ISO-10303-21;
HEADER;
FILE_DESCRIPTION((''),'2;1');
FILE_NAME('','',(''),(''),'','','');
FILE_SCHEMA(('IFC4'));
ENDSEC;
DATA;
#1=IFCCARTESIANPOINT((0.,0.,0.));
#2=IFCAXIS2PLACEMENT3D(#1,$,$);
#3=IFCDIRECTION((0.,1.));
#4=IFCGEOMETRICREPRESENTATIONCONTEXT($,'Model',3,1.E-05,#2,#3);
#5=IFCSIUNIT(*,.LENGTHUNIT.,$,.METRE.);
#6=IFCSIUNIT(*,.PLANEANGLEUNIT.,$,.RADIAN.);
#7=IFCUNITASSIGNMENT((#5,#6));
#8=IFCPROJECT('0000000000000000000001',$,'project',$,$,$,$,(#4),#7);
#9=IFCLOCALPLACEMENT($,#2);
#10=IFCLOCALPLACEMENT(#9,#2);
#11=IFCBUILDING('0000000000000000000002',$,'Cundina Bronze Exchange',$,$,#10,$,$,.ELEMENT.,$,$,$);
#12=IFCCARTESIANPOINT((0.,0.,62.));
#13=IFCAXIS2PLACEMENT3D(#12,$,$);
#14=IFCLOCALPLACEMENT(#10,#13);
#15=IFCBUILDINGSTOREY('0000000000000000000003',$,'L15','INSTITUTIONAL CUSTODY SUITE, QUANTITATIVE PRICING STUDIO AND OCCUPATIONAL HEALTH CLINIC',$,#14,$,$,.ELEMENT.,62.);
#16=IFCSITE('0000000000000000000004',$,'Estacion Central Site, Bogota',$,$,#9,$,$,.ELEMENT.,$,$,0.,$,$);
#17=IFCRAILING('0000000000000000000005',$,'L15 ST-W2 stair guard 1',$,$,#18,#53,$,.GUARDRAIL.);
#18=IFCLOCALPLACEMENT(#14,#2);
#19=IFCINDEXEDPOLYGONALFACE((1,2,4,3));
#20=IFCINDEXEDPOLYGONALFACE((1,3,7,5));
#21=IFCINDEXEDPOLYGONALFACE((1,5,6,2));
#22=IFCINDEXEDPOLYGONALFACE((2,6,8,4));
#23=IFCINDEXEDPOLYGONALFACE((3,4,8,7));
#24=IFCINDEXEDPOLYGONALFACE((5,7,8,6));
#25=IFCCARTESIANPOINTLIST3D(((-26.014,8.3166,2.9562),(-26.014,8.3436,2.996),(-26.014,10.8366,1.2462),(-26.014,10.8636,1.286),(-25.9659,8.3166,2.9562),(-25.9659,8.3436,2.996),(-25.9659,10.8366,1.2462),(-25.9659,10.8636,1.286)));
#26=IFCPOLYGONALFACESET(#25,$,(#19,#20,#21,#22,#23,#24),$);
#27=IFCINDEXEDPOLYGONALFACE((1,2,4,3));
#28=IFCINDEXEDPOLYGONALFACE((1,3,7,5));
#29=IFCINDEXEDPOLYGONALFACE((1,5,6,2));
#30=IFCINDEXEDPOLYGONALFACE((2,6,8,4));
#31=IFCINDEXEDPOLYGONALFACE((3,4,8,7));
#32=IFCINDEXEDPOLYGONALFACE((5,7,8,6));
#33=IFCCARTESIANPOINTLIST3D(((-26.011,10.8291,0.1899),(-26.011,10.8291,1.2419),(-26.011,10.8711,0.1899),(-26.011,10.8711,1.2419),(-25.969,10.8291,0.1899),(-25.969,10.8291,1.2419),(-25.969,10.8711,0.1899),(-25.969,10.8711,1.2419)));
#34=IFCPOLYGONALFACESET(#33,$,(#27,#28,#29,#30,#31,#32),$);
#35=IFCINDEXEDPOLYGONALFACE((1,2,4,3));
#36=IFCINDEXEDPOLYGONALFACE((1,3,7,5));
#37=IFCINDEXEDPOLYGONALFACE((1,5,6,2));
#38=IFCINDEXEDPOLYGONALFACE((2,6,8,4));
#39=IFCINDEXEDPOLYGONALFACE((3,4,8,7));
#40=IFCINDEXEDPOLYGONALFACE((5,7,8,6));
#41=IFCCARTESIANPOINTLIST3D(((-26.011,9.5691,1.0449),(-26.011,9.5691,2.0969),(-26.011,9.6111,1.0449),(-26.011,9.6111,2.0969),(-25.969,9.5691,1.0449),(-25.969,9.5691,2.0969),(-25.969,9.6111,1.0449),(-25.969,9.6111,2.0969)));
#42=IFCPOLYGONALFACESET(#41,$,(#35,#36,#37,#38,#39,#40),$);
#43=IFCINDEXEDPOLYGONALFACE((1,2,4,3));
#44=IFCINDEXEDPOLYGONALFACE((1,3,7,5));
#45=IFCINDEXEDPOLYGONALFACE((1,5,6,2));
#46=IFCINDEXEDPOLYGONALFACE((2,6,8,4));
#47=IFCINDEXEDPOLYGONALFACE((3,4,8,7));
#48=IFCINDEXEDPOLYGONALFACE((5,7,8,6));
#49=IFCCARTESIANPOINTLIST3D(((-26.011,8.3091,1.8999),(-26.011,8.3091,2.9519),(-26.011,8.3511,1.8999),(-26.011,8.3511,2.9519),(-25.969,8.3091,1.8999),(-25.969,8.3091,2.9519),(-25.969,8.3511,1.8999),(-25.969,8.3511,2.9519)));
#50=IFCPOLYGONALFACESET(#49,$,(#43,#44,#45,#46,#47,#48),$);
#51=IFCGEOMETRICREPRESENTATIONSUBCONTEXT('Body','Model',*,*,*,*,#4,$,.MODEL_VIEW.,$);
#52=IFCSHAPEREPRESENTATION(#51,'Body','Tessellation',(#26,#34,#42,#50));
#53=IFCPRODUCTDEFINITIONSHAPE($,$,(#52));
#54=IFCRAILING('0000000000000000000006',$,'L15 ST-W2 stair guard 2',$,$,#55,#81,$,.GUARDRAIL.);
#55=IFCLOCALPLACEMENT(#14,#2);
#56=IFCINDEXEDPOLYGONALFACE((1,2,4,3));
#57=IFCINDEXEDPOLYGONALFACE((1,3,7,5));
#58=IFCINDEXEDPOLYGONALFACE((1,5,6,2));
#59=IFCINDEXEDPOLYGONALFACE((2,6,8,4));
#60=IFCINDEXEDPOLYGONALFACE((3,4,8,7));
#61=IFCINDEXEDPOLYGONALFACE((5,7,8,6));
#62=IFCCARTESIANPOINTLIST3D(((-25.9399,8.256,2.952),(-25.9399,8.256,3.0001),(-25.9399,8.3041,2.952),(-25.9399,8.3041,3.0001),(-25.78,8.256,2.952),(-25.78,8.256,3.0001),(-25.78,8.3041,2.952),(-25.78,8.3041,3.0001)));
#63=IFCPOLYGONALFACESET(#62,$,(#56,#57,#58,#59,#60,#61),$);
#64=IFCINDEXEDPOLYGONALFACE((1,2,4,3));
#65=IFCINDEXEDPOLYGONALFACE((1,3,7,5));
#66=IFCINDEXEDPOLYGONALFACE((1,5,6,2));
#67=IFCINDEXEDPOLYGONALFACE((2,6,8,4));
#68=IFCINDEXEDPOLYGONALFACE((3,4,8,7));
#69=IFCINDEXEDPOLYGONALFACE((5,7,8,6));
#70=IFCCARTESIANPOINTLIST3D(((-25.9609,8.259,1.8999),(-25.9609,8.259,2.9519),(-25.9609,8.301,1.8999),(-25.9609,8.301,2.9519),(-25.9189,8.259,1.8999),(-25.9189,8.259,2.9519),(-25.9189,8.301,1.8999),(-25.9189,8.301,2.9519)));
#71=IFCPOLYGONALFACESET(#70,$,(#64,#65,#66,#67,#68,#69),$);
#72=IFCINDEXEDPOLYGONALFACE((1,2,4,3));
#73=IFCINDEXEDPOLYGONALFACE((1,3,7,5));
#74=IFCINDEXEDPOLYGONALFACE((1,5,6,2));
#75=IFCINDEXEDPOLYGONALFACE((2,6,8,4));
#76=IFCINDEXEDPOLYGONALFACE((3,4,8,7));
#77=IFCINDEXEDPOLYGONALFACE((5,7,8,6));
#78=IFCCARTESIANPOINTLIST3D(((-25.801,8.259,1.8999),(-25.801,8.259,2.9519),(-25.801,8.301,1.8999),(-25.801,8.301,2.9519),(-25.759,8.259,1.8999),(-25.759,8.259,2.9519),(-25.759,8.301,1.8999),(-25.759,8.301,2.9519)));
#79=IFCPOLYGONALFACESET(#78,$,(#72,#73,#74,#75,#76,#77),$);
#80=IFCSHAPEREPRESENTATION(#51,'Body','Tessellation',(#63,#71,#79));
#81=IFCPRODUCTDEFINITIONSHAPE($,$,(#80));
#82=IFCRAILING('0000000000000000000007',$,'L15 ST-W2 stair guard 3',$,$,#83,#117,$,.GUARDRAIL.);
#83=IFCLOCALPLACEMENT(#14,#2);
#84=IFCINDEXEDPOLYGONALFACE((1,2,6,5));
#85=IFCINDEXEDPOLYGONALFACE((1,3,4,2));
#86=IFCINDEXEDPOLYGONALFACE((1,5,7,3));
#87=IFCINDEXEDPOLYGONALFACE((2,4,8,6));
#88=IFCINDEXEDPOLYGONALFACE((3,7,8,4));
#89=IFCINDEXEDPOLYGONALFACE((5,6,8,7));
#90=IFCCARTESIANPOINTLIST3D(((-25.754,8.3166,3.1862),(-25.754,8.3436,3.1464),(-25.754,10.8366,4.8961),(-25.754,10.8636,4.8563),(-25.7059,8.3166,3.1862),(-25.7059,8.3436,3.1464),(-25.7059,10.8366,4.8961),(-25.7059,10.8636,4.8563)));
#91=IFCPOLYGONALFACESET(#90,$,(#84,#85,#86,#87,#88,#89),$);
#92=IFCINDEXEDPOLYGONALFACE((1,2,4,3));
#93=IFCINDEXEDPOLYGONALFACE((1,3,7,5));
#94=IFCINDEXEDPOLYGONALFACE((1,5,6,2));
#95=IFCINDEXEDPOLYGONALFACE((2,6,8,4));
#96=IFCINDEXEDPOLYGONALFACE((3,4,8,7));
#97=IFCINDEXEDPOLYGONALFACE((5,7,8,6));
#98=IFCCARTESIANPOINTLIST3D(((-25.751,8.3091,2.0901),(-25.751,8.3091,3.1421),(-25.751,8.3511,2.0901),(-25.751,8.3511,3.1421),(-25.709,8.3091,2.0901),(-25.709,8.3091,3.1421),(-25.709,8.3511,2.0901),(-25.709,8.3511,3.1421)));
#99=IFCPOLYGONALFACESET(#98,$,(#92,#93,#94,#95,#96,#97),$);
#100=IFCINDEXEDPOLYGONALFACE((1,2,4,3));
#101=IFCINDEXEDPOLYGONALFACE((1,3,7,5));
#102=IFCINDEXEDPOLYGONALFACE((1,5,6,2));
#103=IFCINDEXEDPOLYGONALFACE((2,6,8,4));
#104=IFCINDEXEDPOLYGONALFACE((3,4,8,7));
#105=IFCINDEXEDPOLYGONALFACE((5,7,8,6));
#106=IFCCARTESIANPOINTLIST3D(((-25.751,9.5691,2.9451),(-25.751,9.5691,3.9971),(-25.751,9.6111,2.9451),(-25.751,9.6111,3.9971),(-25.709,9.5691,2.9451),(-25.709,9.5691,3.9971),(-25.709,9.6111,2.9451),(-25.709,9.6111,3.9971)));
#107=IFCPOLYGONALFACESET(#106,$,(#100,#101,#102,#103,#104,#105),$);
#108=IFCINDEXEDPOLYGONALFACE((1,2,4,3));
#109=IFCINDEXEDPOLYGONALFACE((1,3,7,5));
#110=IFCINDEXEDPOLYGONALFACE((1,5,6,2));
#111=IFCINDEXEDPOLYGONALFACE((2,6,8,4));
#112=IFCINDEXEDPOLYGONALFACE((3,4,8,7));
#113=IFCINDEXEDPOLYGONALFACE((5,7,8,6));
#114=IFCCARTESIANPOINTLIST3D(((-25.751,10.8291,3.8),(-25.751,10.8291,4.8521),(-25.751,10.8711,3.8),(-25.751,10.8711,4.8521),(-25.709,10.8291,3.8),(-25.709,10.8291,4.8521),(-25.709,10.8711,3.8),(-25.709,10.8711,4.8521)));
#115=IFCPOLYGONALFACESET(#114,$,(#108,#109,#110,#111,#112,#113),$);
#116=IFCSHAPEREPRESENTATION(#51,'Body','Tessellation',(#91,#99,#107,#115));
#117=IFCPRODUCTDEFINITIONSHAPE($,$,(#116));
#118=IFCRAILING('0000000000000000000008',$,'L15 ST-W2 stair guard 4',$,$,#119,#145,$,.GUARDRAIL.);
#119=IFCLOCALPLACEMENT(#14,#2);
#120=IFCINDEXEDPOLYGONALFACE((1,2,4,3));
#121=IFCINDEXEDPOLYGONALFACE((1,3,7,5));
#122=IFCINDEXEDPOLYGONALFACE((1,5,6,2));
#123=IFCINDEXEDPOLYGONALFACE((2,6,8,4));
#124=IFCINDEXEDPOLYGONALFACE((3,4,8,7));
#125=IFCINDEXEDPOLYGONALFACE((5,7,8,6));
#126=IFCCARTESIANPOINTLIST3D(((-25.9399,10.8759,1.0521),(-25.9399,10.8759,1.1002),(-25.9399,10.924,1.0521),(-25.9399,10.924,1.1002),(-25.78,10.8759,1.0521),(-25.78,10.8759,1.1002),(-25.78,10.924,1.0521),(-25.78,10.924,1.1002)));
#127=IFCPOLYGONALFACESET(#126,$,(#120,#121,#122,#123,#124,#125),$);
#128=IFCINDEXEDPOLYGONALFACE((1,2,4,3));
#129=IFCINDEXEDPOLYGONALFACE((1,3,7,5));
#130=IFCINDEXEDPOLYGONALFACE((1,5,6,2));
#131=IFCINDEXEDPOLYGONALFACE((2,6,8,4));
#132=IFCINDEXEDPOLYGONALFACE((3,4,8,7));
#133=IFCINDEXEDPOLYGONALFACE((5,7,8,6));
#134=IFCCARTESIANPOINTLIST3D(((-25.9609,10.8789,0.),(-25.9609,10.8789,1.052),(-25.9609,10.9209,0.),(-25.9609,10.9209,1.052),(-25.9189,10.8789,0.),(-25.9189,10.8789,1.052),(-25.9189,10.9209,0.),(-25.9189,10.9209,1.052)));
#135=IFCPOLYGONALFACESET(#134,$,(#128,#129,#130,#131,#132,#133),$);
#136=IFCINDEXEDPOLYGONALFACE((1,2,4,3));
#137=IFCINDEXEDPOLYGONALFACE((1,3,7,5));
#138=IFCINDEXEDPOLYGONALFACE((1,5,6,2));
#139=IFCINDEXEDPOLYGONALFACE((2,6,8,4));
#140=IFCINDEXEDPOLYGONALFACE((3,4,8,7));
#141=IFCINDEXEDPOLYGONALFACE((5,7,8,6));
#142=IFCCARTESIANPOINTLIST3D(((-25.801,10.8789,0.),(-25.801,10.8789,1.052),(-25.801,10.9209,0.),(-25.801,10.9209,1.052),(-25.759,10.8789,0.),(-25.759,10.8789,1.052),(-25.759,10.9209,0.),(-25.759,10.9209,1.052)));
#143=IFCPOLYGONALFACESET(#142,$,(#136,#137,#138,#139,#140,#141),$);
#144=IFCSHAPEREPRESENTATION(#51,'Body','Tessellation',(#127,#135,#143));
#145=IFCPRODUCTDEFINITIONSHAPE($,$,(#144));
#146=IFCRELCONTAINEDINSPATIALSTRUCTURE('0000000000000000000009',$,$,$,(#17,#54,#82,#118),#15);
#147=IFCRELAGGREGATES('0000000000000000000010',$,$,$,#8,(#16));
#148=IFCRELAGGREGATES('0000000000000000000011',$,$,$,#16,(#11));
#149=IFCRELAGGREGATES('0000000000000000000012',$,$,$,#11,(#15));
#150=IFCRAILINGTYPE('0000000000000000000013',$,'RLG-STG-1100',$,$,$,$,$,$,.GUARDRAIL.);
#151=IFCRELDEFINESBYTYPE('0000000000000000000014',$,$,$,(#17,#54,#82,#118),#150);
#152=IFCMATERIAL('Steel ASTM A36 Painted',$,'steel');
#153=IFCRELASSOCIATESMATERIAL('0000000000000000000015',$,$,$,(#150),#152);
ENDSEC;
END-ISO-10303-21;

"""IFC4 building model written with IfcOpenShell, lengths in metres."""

from ifc_helpers import new_model, si_unit, direction, frame, origin, origin_2d, place, context, subcontext, project, spatial, rectangle, extrude, material, type_object, element, save


model = new_model("IFC4")

# Units and contexts
model_context = context("Model", 3, precision=1e-05, world=origin(), true_north=direction((0.0, 1.0)))
body_context = subcontext(model_context, "Body", "Model", "MODEL_VIEW")
ifc_project = project(units=[si_unit("LENGTHUNIT", "METRE"), si_unit("PLANEANGLEUNIT", "RADIAN")], contexts=[model_context])

# Site, building, storey
site_placement = place(None, origin())
site = spatial("IfcSite", under=ifc_project, at=site_placement, Name="Estacion Central Site, Bogota", CompositionType="ELEMENT", RefElevation=0.0)
building_placement = place(site_placement, origin())
building = spatial("IfcBuilding", under=site, at=building_placement, Name="Cundina Bronze Exchange", CompositionType="ELEMENT")
storey_placement = place(building_placement, frame((0.0, 0.0, 62.0)))
storey = spatial("IfcBuildingStorey", under=building, at=storey_placement, Name="L15", Description="INSTITUTIONAL CUSTODY SUITE, QUANTITATIVE PRICING STUDIO AND OCCUPATIONAL HEALTH CLINIC", CompositionType="ELEMENT", Elevation=62.0)

# Shared definitions
ifc_material_1 = material(Name="Steel ASTM A36 Painted", Category="steel")

# Railings
railing_type_1 = type_object("IfcRailingType", Name="RLG-STG-1100", PredefinedType="GUARDRAIL", material=ifc_material_1)
railing_1_placement = place(storey_placement, frame((-25.99, 10.8501, 0.1899)))
element("IfcRailing", 1, at=railing_1_placement, inside=storey, type_object=railing_type_1, Name="L15 ST-W2 stair guard 1", PredefinedType="GUARDRAIL", context=body_context, shape_type="SweptSolid", body=[
    extrude(rectangle(XDim=0.0481, YDim=0.0481, at=origin_2d()), frame((0.0, 0.0, 1.0762), z_axis=(0.0, -0.827484, 0.56149), x_axis=(1.0, 0.0, 0.0)), (0.0, 0.0, 1.0), 3.0454),
    extrude(rectangle(XDim=0.042, YDim=0.042, at=origin_2d()), origin(), (0.0, 0.0, 1.0), 1.052),
    extrude(rectangle(XDim=0.042, YDim=0.042, at=origin_2d()), frame((0.0, -1.26, 0.855)), (0.0, 0.0, 1.0), 1.052),
    extrude(rectangle(XDim=0.042, YDim=0.042, at=origin_2d()), frame((0.0, -2.52, 1.71)), (0.0, 0.0, 1.0), 1.052),
])
railing_2_placement = place(storey_placement, frame((-25.9399, 8.28, 1.8999)))
element("IfcRailing", 2, at=railing_2_placement, inside=storey, type_object=railing_type_1, Name="L15 ST-W2 stair guard 2", PredefinedType="GUARDRAIL", context=body_context, shape_type="SweptSolid", body=[
    extrude(rectangle(XDim=0.0481, YDim=0.0481, at=origin_2d()), frame((0.0, 0.0, 1.0762), z_axis=(1.0, 0.0, 0.0), x_axis=(0.0, 1.0, 0.0)), (0.0, 0.0, 1.0), 0.1599),
    extrude(rectangle(XDim=0.042, YDim=0.042, at=origin_2d()), origin(), (0.0, 0.0, 1.0), 1.052),
    extrude(rectangle(XDim=0.042, YDim=0.042, at=origin_2d()), frame((0.1599, 0.0, 0.0)), (0.0, 0.0, 1.0), 1.052),
])
railing_3_placement = place(storey_placement, frame((-25.73, 8.3301, 2.0901)))
element("IfcRailing", 3, at=railing_3_placement, inside=storey, type_object=railing_type_1, Name="L15 ST-W2 stair guard 3", PredefinedType="GUARDRAIL", context=body_context, shape_type="SweptSolid", body=[
    extrude(rectangle(XDim=0.0481, YDim=0.0481, at=origin_2d()), frame((0.0, 0.0, 1.0762), z_axis=(0.0, 0.827484, 0.56149), x_axis=(-1.0, 0.0, 0.0)), (0.0, 0.0, 1.0), 3.0454),
    extrude(rectangle(XDim=0.042, YDim=0.042, at=origin_2d()), origin(), (0.0, 0.0, 1.0), 1.052),
    extrude(rectangle(XDim=0.042, YDim=0.042, at=origin_2d()), frame((0.0, 1.26, 0.855)), (0.0, 0.0, 1.0), 1.052),
    extrude(rectangle(XDim=0.042, YDim=0.042, at=origin_2d()), frame((0.0, 2.52, 1.71)), (0.0, 0.0, 1.0), 1.052),
])
railing_4_placement = place(storey_placement, frame((-25.9399, 10.8999, 0.0)))
element("IfcRailing", 4, at=railing_4_placement, inside=storey, type_object=railing_type_1, Name="L15 ST-W2 stair guard 4", PredefinedType="GUARDRAIL", context=body_context, shape_type="SweptSolid", body=[
    extrude(rectangle(XDim=0.0481, YDim=0.0481, at=origin_2d()), frame((0.0, 0.0, 1.0762), z_axis=(1.0, 0.0, 0.0), x_axis=(0.0, 1.0, 0.0)), (0.0, 0.0, 1.0), 0.1599),
    extrude(rectangle(XDim=0.042, YDim=0.042, at=origin_2d()), origin(), (0.0, 0.0, 1.0), 1.052),
    extrude(rectangle(XDim=0.042, YDim=0.042, at=origin_2d()), frame((0.1599, 0.0, 0.0)), (0.0, 0.0, 1.0), 1.052),
])

save(model, "model.ifc")
